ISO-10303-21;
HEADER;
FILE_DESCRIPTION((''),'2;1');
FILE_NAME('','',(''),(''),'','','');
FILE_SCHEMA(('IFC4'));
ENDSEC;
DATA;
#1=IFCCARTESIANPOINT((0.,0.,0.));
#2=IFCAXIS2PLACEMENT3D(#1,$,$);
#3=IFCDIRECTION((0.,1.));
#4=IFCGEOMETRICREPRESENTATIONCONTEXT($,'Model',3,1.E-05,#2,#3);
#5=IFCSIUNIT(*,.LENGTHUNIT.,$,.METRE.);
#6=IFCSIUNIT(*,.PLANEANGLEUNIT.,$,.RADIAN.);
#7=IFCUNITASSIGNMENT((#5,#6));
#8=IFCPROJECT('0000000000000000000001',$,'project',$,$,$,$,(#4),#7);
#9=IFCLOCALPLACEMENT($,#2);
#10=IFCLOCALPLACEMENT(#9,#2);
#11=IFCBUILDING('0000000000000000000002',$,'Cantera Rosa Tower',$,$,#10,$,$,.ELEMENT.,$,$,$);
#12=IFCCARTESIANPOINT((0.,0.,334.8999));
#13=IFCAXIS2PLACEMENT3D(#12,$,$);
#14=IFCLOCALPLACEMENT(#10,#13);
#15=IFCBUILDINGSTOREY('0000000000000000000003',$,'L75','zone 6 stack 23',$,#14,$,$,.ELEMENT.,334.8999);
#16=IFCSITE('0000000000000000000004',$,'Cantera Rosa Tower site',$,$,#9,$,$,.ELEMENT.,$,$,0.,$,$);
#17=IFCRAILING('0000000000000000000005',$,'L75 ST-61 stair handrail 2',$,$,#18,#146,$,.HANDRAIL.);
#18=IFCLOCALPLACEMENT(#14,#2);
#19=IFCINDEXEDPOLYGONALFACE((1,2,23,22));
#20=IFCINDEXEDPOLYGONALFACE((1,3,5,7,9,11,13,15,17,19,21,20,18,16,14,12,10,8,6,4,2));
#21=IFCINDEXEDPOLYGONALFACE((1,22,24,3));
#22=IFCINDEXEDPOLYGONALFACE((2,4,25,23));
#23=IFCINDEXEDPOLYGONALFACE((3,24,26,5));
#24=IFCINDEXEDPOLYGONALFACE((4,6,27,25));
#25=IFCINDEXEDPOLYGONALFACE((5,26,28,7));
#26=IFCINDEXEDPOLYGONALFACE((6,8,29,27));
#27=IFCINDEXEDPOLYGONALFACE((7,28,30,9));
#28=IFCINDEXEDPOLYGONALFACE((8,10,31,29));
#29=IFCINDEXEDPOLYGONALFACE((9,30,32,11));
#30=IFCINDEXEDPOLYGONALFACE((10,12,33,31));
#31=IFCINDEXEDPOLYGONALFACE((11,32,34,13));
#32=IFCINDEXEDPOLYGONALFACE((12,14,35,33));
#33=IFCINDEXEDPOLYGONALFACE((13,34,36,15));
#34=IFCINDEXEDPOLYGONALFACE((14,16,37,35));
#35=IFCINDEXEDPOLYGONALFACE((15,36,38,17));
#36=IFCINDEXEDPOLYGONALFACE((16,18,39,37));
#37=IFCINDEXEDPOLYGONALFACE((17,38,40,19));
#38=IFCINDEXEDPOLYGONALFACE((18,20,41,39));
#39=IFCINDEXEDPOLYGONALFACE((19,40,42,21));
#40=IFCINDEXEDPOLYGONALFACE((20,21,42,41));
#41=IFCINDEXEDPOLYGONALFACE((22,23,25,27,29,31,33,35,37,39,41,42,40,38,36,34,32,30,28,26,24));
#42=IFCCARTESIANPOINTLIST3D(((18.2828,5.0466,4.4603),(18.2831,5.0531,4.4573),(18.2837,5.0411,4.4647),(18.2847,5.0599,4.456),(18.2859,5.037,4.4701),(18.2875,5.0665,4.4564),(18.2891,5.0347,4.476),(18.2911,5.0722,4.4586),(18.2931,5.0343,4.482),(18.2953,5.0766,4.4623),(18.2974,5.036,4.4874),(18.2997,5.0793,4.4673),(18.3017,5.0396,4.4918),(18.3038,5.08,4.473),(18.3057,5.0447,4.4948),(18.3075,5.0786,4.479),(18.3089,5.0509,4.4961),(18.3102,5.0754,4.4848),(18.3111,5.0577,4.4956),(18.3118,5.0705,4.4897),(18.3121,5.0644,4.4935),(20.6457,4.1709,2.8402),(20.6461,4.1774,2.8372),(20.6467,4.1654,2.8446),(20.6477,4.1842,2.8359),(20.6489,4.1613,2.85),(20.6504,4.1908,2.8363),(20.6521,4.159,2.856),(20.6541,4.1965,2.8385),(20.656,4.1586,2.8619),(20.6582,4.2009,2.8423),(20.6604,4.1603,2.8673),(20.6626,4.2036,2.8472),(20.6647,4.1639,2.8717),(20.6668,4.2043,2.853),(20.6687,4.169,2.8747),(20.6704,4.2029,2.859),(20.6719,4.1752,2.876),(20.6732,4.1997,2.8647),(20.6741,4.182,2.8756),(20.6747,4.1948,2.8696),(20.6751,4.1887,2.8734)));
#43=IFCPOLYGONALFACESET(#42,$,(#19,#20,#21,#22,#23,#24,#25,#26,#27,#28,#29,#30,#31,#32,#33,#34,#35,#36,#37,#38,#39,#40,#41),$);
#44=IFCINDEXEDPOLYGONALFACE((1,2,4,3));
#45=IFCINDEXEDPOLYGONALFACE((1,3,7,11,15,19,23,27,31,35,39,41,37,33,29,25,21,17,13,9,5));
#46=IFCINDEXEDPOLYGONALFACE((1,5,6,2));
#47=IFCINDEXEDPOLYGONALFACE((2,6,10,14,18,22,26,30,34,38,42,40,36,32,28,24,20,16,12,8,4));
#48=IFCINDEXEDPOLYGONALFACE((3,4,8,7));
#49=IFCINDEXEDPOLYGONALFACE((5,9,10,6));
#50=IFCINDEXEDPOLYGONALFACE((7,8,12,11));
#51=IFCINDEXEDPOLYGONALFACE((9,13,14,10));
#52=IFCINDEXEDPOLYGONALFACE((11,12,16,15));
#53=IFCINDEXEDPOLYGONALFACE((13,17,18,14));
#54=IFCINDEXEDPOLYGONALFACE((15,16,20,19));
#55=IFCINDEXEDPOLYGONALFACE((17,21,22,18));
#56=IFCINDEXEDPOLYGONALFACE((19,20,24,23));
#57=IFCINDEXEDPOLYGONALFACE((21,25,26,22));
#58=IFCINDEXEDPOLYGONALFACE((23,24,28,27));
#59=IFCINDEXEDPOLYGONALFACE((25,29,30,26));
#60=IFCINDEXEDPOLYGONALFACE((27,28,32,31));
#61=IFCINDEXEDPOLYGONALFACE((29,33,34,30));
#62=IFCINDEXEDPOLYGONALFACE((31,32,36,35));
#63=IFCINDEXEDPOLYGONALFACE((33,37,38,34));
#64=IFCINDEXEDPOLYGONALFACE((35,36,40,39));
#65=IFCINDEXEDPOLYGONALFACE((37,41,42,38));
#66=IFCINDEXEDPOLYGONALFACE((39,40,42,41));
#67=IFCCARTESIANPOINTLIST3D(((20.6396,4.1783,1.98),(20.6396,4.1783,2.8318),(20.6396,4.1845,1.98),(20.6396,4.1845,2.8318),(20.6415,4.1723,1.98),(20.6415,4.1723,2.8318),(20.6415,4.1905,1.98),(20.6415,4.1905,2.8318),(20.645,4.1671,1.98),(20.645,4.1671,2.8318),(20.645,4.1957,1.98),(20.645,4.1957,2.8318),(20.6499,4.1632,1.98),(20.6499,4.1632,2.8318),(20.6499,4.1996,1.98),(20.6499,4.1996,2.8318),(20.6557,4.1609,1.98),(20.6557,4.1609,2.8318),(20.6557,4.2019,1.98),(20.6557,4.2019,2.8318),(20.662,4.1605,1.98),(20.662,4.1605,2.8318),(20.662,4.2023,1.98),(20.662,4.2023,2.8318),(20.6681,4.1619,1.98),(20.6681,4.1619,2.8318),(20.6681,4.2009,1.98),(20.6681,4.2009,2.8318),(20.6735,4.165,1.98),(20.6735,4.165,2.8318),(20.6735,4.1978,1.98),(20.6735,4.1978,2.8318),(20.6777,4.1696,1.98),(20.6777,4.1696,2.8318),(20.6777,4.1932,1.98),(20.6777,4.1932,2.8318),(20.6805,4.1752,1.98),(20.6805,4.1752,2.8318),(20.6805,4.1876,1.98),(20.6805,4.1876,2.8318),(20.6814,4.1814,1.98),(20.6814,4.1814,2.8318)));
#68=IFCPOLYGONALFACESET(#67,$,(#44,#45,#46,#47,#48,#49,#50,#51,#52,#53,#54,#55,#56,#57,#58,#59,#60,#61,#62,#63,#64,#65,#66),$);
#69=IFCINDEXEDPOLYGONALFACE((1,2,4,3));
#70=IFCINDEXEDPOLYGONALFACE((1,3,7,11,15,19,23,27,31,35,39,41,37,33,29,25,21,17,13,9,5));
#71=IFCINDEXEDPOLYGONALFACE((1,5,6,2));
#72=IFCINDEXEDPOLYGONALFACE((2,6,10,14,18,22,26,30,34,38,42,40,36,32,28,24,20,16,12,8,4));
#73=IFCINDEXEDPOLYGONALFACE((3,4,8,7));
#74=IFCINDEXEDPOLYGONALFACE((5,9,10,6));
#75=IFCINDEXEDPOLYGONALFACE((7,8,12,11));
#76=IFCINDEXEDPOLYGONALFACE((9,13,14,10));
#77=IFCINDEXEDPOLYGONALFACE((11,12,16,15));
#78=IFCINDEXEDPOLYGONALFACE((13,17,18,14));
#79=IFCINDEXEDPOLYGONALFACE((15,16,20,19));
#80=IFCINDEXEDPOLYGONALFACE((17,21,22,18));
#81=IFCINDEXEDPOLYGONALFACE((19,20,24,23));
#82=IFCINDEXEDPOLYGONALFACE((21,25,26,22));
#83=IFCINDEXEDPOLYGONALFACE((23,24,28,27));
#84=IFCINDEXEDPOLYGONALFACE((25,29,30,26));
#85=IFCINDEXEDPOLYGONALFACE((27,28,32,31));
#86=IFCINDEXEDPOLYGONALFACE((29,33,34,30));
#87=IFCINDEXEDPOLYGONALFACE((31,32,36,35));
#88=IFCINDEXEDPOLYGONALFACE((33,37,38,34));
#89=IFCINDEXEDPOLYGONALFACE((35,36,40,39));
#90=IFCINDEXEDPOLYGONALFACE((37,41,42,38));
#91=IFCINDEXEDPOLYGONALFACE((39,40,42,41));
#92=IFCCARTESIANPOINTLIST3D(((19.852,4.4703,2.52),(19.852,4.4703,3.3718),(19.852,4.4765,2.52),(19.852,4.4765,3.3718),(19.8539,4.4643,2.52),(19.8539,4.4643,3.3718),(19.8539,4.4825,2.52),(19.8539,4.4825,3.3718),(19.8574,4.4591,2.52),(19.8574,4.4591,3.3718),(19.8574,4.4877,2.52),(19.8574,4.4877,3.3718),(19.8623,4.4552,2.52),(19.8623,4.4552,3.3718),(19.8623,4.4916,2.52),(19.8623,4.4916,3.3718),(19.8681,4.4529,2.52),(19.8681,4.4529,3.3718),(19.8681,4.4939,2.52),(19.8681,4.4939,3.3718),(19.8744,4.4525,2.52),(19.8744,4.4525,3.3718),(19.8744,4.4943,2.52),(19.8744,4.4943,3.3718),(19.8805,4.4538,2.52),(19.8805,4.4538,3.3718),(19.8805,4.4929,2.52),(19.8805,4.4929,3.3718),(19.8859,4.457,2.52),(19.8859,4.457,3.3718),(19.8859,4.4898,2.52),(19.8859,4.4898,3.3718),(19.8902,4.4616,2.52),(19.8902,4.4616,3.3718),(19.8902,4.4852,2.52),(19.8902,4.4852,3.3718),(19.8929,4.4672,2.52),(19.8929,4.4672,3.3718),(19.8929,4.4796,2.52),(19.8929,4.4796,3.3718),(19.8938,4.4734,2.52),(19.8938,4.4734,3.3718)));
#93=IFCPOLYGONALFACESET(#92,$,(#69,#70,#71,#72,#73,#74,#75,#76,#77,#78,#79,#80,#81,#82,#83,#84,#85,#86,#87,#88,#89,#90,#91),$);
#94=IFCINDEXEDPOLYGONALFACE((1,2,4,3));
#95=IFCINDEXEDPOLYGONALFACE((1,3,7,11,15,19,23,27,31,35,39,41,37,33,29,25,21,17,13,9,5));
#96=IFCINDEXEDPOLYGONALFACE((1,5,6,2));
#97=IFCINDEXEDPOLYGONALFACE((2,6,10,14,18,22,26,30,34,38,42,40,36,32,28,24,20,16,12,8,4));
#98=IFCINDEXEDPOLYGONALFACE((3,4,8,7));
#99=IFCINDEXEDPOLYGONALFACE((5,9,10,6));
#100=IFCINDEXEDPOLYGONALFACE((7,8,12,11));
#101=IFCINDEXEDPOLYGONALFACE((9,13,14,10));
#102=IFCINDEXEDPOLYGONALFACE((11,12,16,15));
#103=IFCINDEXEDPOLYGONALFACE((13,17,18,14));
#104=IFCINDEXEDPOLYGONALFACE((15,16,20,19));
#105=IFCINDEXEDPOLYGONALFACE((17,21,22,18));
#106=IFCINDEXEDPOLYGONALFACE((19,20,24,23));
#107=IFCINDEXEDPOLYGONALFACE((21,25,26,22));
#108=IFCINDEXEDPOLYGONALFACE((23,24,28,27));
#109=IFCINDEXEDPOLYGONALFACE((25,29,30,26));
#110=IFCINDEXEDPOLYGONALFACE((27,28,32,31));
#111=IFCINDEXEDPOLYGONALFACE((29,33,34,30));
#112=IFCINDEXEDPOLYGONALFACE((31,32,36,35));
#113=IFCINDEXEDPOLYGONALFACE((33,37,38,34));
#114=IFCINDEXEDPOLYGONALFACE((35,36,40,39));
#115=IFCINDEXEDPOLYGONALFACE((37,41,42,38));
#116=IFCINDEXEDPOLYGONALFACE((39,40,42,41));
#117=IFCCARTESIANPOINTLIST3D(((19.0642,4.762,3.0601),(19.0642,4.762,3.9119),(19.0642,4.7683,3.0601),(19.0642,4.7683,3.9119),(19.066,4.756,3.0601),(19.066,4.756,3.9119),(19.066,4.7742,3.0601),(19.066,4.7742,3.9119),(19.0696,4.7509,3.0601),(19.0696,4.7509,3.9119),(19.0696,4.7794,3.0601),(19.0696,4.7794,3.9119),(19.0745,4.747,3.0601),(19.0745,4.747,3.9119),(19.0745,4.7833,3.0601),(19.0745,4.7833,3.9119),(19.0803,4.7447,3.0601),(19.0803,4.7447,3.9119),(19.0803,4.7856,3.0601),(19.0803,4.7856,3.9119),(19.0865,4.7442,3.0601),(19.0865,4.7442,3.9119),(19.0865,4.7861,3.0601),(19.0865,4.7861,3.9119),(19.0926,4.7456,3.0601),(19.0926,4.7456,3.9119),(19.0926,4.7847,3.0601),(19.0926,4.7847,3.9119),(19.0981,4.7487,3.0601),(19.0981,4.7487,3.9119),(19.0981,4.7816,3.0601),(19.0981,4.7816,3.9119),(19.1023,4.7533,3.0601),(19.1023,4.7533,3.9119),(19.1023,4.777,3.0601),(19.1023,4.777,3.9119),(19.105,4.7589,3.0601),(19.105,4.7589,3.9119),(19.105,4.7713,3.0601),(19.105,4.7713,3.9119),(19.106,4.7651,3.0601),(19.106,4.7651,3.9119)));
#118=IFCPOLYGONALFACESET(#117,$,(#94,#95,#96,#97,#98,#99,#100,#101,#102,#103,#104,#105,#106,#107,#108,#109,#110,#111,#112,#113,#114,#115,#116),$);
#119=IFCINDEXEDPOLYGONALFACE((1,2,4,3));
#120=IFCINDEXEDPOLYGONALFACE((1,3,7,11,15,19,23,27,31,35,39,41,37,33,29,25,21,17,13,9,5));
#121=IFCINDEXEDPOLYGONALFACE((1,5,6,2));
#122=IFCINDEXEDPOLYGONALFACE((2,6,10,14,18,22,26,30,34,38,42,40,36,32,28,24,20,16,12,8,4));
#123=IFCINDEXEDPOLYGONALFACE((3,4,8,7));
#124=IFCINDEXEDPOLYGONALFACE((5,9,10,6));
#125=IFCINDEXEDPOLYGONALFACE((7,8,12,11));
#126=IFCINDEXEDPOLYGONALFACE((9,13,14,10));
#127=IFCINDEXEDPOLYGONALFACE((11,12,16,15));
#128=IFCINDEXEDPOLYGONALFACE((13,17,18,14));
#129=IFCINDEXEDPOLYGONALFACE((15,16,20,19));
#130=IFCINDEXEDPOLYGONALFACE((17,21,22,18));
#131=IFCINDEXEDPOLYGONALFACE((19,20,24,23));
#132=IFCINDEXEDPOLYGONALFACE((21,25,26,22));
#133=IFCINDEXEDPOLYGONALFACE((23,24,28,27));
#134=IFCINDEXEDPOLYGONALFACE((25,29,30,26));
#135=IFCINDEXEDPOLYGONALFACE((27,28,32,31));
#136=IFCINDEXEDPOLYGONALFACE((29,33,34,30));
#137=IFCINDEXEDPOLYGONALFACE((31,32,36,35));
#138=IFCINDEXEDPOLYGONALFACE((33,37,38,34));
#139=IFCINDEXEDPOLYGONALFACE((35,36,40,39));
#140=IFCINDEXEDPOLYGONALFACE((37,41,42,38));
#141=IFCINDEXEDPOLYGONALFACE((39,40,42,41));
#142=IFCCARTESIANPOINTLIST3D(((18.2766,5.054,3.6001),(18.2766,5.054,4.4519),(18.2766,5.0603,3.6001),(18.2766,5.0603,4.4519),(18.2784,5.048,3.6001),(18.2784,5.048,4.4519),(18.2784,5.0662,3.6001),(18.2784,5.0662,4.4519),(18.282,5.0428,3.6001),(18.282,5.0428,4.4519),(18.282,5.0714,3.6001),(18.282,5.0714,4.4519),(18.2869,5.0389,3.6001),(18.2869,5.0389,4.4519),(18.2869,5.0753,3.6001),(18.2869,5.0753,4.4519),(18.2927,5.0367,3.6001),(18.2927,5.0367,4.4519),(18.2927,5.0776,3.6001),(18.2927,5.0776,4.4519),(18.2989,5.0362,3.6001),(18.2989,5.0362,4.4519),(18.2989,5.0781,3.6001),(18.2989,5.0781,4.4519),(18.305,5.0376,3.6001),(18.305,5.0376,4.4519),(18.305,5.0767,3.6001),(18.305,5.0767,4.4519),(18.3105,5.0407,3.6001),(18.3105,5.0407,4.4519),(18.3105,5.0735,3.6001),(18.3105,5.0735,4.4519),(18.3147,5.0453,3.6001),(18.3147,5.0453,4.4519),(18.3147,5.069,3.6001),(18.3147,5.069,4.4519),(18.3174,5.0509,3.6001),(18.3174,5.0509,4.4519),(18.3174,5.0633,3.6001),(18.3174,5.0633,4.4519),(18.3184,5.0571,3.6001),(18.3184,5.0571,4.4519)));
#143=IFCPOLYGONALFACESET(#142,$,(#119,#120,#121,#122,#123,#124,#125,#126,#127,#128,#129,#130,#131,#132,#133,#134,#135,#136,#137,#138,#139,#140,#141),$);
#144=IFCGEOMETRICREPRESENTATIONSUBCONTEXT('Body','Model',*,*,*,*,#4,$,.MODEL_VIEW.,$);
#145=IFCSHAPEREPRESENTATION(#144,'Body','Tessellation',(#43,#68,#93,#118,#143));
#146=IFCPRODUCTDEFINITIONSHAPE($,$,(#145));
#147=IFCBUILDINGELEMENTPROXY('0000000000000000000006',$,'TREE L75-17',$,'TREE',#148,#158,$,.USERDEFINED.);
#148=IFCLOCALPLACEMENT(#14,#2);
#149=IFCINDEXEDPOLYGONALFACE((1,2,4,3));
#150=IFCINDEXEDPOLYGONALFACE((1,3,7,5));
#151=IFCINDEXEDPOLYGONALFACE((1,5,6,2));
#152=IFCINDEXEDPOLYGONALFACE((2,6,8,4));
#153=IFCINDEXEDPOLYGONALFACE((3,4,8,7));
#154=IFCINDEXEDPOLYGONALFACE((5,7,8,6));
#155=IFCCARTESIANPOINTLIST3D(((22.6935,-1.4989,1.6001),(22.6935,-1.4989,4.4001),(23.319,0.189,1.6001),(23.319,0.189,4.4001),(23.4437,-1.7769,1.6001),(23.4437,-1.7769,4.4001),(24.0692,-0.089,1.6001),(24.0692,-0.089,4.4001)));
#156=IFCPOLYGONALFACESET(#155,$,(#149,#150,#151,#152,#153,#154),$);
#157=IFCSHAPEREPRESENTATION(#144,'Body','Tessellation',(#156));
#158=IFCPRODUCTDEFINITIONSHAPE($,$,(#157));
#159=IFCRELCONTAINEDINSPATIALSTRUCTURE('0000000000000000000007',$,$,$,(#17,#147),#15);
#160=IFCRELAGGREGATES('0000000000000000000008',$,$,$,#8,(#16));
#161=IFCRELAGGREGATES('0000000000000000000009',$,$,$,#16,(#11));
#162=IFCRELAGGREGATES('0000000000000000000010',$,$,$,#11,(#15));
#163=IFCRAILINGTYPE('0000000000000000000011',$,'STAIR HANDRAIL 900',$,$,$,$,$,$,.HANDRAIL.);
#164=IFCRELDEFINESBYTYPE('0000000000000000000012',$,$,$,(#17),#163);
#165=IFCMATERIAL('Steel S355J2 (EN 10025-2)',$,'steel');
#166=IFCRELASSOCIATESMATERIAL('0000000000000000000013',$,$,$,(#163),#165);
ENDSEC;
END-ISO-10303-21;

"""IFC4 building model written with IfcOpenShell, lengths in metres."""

from ifc_helpers import new_model, si_unit, direction, frame, origin, origin_2d, place, context, subcontext, project, spatial, rectangle, circle, extrude, material, type_object, element, save


model = new_model("IFC4")

# Units and contexts
model_context = context("Model", 3, precision=1e-05, world=origin(), true_north=direction((0.0, 1.0)))
body_context = subcontext(model_context, "Body", "Model", "MODEL_VIEW")
ifc_project = project(units=[si_unit("LENGTHUNIT", "METRE"), si_unit("PLANEANGLEUNIT", "RADIAN")], contexts=[model_context])

# Site, building, storey
site_placement = place(None, origin())
site = spatial("IfcSite", under=ifc_project, at=site_placement, Name="Cantera Rosa Tower site", CompositionType="ELEMENT", RefElevation=0.0)
building_placement = place(site_placement, origin())
building = spatial("IfcBuilding", under=site, at=building_placement, Name="Cantera Rosa Tower", CompositionType="ELEMENT")
storey_placement = place(building_placement, frame((0.0, 0.0, 334.8999)))
storey = spatial("IfcBuildingStorey", under=building, at=storey_placement, Name="L75", Description="zone 6 stack 23", CompositionType="ELEMENT", Elevation=334.8999)

# Railing
ifc_material_1 = material(Name="Steel S355J2 (EN 10025-2)", Category="steel")
railing_type_1 = type_object("IfcRailingType", Name="STAIR HANDRAIL 900", PredefinedType="HANDRAIL", material=ifc_material_1)
railing_1_placement = place(storey_placement, frame((20.6604, 4.1814, 1.98)))
element("IfcRailing", 1, at=railing_1_placement, inside=storey, type_object=railing_type_1, Name="L75 ST-61 stair handrail 2", PredefinedType="HANDRAIL", context=body_context, shape_type="SweptSolid", body=[
    extrude(circle(Radius=0.0239, at=origin_2d()), frame((0.0, 0.0, 0.876), z_axis=(-0.788748, 0.292307, 0.540772), x_axis=(-0.347501, -0.93768, 0.0)), (0.0, 0.0, 1.0), 2.9958),
    extrude(circle(Radius=0.021, at=origin_2d()), origin(), (0.0, 0.0, 1.0), 0.8518),
    extrude(circle(Radius=0.021, at=origin_2d()), frame((-0.7876, 0.292, 0.54)), (0.0, 0.0, 1.0), 0.8518),
    extrude(circle(Radius=0.021, at=origin_2d()), frame((-1.5754, 0.5837, 1.0801)), (0.0, 0.0, 1.0), 0.8518),
    extrude(circle(Radius=0.021, at=origin_2d()), frame((-2.363, 0.8757, 1.6201)), (0.0, 0.0, 1.0), 0.8518),
])

# Building element proxy
proxy_placement = place(storey_placement, frame((23.3813, -0.7939, 1.6001), z_axis=(0.0, 0.0, 1.0), x_axis=(0.347481, 0.937687, 0.0)))
element("IfcBuildingElementProxy", 2, at=proxy_placement, inside=storey, Name="TREE L75-17", ObjectType="TREE", PredefinedType="USERDEFINED", context=body_context, shape_type="SweptSolid", body=[
    extrude(rectangle(XDim=1.8, YDim=0.8, at=origin_2d()), origin(), (0.0, 0.0, 1.0), 2.8),
])

save(model, "model.ifc")
